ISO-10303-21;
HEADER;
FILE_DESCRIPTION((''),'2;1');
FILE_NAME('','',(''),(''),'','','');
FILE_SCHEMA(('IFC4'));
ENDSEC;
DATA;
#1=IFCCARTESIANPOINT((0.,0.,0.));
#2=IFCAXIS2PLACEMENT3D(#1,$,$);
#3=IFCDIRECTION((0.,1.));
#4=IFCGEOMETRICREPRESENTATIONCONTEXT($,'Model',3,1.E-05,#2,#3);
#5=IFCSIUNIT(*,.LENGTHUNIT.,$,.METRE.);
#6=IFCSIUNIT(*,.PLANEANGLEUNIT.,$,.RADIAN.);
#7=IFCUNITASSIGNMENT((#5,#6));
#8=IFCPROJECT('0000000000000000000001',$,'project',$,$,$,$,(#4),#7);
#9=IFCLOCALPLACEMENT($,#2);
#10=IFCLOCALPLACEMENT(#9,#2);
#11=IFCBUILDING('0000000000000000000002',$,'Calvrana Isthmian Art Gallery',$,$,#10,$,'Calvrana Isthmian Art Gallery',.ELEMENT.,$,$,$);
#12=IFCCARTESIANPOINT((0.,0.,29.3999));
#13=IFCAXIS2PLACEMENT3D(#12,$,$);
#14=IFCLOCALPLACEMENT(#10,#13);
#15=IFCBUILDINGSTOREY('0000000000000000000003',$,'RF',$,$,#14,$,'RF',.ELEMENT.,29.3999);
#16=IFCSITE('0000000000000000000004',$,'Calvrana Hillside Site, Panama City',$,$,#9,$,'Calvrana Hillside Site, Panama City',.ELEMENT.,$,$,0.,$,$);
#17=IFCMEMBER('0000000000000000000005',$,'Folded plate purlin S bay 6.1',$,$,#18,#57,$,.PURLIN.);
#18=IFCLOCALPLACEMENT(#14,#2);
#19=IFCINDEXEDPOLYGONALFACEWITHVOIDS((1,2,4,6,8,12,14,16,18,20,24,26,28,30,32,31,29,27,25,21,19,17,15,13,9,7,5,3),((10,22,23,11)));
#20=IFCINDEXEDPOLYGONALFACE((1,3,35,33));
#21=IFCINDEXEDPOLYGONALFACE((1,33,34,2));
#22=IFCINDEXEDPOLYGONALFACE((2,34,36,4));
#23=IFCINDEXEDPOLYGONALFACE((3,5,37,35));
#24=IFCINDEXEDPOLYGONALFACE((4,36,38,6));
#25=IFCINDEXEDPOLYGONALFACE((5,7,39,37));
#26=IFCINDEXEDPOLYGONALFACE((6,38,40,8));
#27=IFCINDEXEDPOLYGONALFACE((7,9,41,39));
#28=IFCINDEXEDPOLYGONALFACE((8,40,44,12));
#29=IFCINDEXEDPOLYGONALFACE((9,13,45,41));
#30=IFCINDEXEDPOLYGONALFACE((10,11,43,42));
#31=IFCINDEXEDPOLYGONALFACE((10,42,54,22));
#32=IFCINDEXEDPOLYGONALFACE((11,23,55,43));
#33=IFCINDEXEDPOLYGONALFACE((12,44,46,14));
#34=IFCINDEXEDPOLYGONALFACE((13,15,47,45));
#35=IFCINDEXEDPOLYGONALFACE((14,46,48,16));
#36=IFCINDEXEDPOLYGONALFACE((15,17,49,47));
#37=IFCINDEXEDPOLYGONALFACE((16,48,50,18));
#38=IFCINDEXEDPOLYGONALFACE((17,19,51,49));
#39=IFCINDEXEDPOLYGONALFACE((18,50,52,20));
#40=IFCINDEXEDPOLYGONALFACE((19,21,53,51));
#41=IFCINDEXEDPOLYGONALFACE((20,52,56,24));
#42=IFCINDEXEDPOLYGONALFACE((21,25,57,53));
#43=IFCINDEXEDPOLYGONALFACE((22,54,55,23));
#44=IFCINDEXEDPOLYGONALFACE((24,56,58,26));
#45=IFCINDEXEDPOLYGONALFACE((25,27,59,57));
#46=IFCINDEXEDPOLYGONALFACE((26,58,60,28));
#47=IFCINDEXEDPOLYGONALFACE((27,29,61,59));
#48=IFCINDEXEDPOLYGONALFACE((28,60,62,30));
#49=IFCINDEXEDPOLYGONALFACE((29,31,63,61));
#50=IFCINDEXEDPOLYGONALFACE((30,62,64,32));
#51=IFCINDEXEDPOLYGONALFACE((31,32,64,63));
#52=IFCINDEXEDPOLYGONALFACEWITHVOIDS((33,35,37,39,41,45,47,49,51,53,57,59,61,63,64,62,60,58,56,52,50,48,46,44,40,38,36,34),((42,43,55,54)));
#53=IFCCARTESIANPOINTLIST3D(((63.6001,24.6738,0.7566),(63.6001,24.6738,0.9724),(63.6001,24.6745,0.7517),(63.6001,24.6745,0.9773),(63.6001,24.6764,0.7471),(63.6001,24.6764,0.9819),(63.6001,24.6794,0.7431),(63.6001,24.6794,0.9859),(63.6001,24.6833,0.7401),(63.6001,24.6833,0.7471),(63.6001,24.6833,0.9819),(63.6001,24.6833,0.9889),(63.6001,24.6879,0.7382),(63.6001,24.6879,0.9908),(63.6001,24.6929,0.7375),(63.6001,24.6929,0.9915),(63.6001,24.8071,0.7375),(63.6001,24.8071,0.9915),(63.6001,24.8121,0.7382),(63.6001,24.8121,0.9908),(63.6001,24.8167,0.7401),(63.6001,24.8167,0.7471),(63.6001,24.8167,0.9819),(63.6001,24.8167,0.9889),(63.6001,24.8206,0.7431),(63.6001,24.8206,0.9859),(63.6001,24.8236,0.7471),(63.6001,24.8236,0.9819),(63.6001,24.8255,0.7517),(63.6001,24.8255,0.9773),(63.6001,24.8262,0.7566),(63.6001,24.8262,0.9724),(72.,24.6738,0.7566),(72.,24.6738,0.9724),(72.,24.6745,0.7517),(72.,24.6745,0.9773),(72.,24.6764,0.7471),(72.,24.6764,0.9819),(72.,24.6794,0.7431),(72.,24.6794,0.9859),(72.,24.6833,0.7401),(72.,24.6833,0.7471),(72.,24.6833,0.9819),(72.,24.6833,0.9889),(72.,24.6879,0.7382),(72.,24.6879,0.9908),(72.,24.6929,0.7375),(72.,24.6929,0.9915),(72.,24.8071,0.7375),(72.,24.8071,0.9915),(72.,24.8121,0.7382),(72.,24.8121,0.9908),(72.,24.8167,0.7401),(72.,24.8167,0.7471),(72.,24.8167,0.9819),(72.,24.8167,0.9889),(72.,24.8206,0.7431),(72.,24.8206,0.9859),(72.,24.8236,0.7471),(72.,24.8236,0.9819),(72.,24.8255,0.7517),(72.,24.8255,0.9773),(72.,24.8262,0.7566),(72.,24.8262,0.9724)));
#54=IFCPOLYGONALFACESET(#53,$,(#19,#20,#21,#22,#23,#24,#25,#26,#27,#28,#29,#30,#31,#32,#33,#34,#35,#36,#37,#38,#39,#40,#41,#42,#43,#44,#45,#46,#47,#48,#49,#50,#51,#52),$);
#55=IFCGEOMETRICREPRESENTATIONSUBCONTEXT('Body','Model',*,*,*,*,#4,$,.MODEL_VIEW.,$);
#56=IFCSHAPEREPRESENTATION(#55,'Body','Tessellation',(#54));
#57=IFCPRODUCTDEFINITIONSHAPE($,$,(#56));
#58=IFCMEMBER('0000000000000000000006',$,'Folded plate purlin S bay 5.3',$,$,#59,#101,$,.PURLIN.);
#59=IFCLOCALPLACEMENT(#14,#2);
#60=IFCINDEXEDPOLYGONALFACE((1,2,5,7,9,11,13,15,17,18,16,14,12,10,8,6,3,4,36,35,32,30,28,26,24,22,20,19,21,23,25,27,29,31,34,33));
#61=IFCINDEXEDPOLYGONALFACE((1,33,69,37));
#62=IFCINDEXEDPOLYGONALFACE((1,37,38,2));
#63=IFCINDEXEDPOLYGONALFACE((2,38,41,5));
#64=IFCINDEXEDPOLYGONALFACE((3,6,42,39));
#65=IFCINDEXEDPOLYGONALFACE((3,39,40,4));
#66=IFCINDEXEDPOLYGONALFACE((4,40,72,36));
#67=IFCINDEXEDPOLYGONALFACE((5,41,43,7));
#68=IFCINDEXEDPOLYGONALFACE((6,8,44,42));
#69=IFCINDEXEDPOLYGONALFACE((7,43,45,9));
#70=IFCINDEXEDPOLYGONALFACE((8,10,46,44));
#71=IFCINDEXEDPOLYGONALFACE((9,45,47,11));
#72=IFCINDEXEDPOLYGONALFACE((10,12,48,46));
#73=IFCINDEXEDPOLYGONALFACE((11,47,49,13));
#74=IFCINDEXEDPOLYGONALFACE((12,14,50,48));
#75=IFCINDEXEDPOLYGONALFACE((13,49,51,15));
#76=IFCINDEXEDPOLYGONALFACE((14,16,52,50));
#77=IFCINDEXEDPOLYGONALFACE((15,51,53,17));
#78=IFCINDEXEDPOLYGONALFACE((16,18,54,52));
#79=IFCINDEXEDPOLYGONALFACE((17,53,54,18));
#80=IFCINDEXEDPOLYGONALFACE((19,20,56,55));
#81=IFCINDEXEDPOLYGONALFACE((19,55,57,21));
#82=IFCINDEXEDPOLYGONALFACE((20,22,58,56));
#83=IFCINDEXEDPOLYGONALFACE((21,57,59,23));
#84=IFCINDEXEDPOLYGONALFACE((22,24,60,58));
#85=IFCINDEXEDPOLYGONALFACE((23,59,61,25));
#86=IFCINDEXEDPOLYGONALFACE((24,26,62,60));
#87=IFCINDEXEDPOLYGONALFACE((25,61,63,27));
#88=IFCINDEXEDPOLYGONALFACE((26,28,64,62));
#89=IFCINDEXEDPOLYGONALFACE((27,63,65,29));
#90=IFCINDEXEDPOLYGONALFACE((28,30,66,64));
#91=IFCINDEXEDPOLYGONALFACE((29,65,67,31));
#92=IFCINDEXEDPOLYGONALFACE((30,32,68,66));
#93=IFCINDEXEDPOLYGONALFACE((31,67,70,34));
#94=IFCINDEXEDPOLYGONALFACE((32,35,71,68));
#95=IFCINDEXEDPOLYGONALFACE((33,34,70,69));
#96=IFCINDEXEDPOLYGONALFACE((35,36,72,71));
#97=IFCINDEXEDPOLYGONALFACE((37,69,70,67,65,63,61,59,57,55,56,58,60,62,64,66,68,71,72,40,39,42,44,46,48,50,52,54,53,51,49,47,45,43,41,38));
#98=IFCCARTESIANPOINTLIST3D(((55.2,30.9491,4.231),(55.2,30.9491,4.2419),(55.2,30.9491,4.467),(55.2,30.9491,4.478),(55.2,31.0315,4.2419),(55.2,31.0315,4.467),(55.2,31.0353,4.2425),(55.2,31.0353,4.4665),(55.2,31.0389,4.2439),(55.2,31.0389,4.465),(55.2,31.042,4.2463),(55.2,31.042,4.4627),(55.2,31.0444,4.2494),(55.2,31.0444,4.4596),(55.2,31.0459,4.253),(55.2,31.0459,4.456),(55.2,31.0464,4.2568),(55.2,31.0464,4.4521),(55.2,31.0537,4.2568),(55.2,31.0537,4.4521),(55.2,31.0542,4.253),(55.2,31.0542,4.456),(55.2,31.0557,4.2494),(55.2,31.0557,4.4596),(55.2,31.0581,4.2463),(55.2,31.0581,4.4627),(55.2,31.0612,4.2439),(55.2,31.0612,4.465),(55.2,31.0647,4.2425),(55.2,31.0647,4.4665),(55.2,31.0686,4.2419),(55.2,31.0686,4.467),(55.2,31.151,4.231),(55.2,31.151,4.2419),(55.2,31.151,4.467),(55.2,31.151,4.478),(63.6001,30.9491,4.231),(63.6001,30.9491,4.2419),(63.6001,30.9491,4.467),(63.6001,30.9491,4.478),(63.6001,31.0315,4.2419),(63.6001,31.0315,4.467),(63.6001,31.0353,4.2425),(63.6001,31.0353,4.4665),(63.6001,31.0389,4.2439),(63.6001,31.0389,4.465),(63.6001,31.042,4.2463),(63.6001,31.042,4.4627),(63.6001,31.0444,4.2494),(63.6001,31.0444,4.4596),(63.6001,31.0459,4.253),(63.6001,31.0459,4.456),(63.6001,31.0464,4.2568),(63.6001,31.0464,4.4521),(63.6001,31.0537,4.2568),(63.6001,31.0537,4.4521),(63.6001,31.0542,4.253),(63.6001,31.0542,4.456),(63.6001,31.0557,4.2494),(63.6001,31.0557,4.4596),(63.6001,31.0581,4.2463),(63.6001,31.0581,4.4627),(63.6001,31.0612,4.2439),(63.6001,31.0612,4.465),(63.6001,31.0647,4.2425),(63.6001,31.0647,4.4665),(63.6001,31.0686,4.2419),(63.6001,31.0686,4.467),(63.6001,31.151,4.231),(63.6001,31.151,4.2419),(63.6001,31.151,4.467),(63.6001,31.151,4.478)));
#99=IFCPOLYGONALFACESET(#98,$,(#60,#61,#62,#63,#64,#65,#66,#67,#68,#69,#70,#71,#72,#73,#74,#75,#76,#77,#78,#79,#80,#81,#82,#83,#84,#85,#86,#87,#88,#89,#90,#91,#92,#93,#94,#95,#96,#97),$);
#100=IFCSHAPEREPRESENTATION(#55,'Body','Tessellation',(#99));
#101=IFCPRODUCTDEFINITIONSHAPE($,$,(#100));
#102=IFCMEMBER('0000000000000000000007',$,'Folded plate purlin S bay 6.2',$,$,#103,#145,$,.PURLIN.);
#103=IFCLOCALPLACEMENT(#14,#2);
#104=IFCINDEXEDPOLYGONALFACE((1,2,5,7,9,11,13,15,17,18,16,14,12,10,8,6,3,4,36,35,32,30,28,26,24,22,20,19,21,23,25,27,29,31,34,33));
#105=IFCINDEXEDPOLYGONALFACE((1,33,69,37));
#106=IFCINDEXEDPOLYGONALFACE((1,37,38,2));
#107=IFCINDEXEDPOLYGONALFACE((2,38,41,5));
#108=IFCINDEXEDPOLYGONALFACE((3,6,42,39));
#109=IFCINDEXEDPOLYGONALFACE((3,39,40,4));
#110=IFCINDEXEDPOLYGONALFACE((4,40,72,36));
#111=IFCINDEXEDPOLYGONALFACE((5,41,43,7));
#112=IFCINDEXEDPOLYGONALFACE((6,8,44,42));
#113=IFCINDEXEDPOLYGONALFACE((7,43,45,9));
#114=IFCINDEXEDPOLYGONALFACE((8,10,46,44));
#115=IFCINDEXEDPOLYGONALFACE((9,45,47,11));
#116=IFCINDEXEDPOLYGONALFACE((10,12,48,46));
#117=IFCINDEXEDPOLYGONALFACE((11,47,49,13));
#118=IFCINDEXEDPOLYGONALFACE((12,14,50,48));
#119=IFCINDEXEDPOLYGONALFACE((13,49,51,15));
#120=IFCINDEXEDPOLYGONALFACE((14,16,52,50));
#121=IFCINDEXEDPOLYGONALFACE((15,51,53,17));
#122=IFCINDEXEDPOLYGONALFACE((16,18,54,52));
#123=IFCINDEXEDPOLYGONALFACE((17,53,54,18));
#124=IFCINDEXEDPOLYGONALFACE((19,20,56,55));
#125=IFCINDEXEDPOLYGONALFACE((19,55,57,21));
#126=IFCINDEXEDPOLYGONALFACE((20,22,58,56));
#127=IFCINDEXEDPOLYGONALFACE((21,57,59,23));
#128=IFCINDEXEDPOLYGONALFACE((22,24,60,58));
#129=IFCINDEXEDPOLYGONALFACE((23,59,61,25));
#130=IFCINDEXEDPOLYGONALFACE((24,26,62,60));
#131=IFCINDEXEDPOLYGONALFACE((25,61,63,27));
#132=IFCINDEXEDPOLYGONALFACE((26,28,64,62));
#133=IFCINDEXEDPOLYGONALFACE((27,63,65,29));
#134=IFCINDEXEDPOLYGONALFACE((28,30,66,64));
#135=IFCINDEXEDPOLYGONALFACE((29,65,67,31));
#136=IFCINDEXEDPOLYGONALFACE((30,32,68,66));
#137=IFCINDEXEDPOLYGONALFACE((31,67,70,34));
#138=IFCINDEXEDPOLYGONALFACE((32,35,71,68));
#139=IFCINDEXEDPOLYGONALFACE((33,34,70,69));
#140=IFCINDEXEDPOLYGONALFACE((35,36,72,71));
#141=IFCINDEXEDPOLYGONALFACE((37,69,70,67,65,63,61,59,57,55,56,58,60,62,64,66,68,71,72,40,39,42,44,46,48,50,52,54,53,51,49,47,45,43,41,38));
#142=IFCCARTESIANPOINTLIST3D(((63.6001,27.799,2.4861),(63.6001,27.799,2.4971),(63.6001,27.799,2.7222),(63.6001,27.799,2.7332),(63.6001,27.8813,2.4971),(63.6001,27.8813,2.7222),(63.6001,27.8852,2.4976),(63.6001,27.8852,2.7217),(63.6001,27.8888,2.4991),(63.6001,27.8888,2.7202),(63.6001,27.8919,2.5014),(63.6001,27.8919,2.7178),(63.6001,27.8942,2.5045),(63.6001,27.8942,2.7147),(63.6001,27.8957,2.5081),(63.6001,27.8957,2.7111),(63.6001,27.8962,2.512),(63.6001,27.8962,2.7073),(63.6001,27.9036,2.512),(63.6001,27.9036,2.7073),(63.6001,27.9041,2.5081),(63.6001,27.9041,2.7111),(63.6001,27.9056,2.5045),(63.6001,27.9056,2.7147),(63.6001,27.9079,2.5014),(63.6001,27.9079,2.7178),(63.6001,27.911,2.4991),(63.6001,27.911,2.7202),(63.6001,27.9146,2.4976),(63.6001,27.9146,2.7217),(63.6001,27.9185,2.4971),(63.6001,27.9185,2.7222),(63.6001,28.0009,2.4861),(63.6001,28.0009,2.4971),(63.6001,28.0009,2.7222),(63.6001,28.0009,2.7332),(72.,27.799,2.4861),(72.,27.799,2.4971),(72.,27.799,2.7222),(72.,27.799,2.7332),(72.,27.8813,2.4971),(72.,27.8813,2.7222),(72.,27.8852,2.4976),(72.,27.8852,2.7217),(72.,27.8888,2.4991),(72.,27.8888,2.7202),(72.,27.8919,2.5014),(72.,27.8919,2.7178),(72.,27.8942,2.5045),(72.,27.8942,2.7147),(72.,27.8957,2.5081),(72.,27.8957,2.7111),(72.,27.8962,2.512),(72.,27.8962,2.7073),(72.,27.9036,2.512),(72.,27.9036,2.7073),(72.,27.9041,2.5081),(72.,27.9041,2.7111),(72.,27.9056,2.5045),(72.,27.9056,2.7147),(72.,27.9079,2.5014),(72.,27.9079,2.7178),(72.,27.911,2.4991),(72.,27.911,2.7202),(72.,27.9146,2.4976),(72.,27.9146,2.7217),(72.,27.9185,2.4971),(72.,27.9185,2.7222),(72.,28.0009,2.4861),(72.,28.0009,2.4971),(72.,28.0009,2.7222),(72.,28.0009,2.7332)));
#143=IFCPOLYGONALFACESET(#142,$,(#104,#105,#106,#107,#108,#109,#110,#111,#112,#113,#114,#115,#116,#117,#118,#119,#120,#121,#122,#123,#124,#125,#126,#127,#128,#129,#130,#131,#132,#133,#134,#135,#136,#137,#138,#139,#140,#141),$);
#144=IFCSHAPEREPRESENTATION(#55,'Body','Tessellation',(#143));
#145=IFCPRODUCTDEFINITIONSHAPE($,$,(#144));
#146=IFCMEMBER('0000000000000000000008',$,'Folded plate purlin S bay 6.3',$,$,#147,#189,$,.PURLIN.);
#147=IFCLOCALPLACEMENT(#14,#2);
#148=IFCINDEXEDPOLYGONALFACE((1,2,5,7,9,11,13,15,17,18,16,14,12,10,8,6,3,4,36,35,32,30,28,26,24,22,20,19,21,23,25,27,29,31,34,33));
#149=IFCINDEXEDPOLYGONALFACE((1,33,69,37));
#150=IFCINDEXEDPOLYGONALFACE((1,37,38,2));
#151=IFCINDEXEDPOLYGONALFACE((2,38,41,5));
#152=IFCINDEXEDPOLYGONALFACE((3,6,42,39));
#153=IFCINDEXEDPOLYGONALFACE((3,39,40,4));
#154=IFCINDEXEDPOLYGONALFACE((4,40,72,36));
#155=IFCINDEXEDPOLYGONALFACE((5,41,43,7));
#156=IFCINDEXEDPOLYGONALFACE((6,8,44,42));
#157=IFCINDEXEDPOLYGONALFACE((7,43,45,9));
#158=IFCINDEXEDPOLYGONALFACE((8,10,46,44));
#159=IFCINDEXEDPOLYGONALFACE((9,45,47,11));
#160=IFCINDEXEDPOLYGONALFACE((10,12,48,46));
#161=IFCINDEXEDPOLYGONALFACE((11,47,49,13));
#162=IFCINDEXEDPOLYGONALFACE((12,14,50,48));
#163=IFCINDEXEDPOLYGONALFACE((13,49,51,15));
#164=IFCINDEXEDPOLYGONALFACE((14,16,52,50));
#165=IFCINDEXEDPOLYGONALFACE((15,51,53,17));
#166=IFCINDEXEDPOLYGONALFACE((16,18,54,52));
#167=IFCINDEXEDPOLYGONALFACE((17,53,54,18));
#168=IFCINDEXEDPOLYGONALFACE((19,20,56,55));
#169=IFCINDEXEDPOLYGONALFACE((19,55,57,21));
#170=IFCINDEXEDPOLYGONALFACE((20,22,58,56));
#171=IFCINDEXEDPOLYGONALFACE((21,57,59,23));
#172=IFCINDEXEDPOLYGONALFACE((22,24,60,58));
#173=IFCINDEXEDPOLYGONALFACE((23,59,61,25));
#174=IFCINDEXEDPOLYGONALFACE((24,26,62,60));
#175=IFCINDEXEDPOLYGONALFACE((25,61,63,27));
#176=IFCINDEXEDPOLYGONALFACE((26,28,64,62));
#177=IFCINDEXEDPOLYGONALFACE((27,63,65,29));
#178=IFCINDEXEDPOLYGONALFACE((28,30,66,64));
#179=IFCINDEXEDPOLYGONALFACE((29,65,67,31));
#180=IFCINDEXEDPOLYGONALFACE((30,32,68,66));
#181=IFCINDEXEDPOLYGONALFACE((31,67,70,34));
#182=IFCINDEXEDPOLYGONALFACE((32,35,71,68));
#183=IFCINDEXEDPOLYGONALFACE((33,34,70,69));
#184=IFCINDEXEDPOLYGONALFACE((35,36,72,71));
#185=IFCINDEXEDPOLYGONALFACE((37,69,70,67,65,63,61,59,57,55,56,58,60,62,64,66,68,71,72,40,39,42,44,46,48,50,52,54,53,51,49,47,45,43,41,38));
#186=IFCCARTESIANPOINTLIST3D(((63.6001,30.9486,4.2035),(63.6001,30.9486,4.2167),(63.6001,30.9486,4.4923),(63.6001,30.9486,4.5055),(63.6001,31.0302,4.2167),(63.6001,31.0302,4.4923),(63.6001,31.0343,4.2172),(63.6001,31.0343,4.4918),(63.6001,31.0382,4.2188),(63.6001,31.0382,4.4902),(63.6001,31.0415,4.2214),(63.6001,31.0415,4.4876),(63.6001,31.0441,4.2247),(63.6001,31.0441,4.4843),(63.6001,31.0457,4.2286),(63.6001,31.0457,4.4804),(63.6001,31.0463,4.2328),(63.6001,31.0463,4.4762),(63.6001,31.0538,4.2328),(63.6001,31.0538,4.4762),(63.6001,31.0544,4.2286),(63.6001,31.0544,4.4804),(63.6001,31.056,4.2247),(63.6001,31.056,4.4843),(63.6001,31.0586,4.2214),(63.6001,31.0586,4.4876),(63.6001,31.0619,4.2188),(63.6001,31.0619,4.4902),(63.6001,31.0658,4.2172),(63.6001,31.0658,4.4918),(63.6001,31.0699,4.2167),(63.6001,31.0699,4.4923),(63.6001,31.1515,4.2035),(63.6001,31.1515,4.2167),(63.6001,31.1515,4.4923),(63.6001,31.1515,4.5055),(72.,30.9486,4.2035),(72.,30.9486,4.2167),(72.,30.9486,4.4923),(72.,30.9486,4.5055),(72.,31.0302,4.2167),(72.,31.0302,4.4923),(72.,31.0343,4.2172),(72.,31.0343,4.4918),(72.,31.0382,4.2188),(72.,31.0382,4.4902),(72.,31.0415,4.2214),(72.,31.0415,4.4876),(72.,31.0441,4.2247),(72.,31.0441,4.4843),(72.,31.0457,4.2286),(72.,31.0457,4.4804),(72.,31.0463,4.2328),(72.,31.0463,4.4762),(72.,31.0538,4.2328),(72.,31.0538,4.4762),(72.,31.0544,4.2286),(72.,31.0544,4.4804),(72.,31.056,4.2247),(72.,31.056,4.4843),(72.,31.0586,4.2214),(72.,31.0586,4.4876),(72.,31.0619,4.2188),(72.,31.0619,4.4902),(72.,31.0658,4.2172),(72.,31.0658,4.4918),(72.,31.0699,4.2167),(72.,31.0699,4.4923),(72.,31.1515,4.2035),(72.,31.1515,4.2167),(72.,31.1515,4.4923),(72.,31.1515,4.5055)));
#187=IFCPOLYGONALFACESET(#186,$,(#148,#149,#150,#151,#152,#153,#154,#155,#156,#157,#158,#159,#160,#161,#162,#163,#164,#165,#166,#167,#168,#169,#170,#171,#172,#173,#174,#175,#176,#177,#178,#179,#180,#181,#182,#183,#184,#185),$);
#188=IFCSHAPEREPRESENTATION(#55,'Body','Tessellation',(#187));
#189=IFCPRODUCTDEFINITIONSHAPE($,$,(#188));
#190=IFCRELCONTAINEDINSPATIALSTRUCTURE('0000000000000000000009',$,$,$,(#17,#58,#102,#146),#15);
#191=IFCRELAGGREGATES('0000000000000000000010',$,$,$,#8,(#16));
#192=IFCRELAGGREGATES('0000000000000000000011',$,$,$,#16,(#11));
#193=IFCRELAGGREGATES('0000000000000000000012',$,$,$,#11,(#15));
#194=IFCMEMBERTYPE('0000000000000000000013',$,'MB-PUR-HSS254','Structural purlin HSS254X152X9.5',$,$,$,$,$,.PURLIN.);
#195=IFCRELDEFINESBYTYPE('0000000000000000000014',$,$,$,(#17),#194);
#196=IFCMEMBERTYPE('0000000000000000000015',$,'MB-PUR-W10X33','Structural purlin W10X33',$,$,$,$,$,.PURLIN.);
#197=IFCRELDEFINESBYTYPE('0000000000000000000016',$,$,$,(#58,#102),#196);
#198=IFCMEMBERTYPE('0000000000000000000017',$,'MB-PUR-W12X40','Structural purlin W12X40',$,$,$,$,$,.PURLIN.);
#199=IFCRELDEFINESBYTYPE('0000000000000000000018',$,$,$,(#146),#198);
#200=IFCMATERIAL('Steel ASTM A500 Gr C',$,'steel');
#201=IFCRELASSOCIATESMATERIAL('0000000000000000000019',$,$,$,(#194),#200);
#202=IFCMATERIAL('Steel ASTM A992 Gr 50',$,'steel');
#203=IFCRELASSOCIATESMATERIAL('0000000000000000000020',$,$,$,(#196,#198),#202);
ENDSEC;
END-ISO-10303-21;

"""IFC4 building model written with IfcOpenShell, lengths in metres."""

from ifc_helpers import new_model, si_unit, direction, frame, origin, origin_2d, place, context, subcontext, project, spatial, hollow_rectangle, i_section, extrude, material, material_profile, profile_set, type_object, element, save


model = new_model("IFC4")

# Units and contexts
model_context = context("Model", 3, precision=1e-05, world=origin(), true_north=direction((0.0, 1.0)))
body_context = subcontext(model_context, "Body", "Model", "MODEL_VIEW")
ifc_project = project(units=[si_unit("LENGTHUNIT", "METRE"), si_unit("PLANEANGLEUNIT", "RADIAN")], contexts=[model_context])

# Site, building, storey
site_placement = place(None, origin())
site = spatial("IfcSite", under=ifc_project, at=site_placement, Name="Calvrana Hillside Site, Panama City", LongName="Calvrana Hillside Site, Panama City", CompositionType="ELEMENT", RefElevation=0.0)
building_placement = place(site_placement, origin())
building = spatial("IfcBuilding", under=site, at=building_placement, Name="Calvrana Isthmian Art Gallery", LongName="Calvrana Isthmian Art Gallery", CompositionType="ELEMENT")
storey_placement = place(building_placement, frame((0.0, 0.0, 29.3999)))
storey = spatial("IfcBuildingStorey", under=building, at=storey_placement, Name="RF", LongName="RF", CompositionType="ELEMENT", Elevation=29.3999)

# Shared definitions
ifc_material_1 = material(Name="Steel ASTM A992 Gr 50", Category="steel")

# Members
ifc_material_2 = material(Name="Steel ASTM A500 Gr C", Category="steel")
ifc_material_profile_1 = material_profile(ifc_material_2, hollow_rectangle(XDim=0.1523, YDim=0.2539, WallThickness=0.0095, OuterFilletRadius=0.019, at=origin_2d()), Name="HSS254X152X9.5")
ifc_profile_set_1 = profile_set([ifc_material_profile_1], Name="Steel ASTM A500 Gr C")
member_type_1 = type_object("IfcMemberType", Name="MB-PUR-HSS254", Description="Structural purlin HSS254X152X9.5", PredefinedType="PURLIN", material=ifc_profile_set_1)
member_1_placement = place(storey_placement, frame((63.6001, 24.75, 0.8645), z_axis=(1.0, 0.0, 0.0), x_axis=(0.0, 1.0, 0.0)))
element("IfcMember", 1, at=member_1_placement, inside=storey, type_object=member_type_1, Name="Folded plate purlin S bay 6.1", PredefinedType="PURLIN", context=body_context, shape_type="SweptSolid", body=[
    extrude(hollow_rectangle(XDim=0.1523, YDim=0.2539, WallThickness=0.0095, OuterFilletRadius=0.019, at=origin_2d()), origin(), (0.0, 0.0, 1.0), 8.3999),
])
ifc_material_profile_2 = material_profile(ifc_material_1, i_section(OverallWidth=0.2019, OverallDepth=0.2471, WebThickness=0.0073, FlangeThickness=0.011, FilletRadius=0.0149, at=origin_2d()), Name="W10X33")
ifc_profile_set_2 = profile_set([ifc_material_profile_2], Name="Steel ASTM A992 Gr 50")
member_type_2 = type_object("IfcMemberType", Name="MB-PUR-W10X33", Description="Structural purlin W10X33", PredefinedType="PURLIN", material=ifc_profile_set_2)
member_2_placement = place(storey_placement, frame((55.2, 31.05, 4.3545), z_axis=(1.0, 0.0, 0.0), x_axis=(0.0, 1.0, 0.0)))
element("IfcMember", 2, at=member_2_placement, inside=storey, type_object=member_type_2, Name="Folded plate purlin S bay 5.3", PredefinedType="PURLIN", context=body_context, shape_type="SweptSolid", body=[
    extrude(i_section(OverallWidth=0.2019, OverallDepth=0.2471, WebThickness=0.0073, FlangeThickness=0.011, FilletRadius=0.0149, at=origin_2d()), origin(), (0.0, 0.0, 1.0), 8.4001),
])
member_3_placement = place(storey_placement, frame((63.6001, 27.8999, 2.6096), z_axis=(1.0, 0.0, 0.0), x_axis=(0.0, 1.0, 0.0)))
element("IfcMember", 3, at=member_3_placement, inside=storey, type_object=member_type_2, Name="Folded plate purlin S bay 6.2", PredefinedType="PURLIN", context=body_context, shape_type="SweptSolid", body=[
    extrude(i_section(OverallWidth=0.2019, OverallDepth=0.2471, WebThickness=0.0073, FlangeThickness=0.011, FilletRadius=0.0149, at=origin_2d()), origin(), (0.0, 0.0, 1.0), 8.3999),
])
ifc_material_profile_3 = material_profile(ifc_material_1, i_section(OverallWidth=0.2029, OverallDepth=0.302, WebThickness=0.0076, FlangeThickness=0.0132, FilletRadius=0.0161, at=origin_2d()), Name="W12X40")
ifc_profile_set_3 = profile_set([ifc_material_profile_3], Name="Steel ASTM A992 Gr 50")
member_type_3 = type_object("IfcMemberType", Name="MB-PUR-W12X40", Description="Structural purlin W12X40", PredefinedType="PURLIN", material=ifc_profile_set_3)
member_4_placement = place(storey_placement, frame((63.6001, 31.05, 4.3545), z_axis=(1.0, 0.0, 0.0), x_axis=(0.0, 1.0, 0.0)))
element("IfcMember", 4, at=member_4_placement, inside=storey, type_object=member_type_3, Name="Folded plate purlin S bay 6.3", PredefinedType="PURLIN", context=body_context, shape_type="SweptSolid", body=[
    extrude(i_section(OverallWidth=0.2029, OverallDepth=0.302, WebThickness=0.0076, FlangeThickness=0.0132, FilletRadius=0.0161, at=origin_2d()), origin(), (0.0, 0.0, 1.0), 8.3999),
])

save(model, "model.ifc")
